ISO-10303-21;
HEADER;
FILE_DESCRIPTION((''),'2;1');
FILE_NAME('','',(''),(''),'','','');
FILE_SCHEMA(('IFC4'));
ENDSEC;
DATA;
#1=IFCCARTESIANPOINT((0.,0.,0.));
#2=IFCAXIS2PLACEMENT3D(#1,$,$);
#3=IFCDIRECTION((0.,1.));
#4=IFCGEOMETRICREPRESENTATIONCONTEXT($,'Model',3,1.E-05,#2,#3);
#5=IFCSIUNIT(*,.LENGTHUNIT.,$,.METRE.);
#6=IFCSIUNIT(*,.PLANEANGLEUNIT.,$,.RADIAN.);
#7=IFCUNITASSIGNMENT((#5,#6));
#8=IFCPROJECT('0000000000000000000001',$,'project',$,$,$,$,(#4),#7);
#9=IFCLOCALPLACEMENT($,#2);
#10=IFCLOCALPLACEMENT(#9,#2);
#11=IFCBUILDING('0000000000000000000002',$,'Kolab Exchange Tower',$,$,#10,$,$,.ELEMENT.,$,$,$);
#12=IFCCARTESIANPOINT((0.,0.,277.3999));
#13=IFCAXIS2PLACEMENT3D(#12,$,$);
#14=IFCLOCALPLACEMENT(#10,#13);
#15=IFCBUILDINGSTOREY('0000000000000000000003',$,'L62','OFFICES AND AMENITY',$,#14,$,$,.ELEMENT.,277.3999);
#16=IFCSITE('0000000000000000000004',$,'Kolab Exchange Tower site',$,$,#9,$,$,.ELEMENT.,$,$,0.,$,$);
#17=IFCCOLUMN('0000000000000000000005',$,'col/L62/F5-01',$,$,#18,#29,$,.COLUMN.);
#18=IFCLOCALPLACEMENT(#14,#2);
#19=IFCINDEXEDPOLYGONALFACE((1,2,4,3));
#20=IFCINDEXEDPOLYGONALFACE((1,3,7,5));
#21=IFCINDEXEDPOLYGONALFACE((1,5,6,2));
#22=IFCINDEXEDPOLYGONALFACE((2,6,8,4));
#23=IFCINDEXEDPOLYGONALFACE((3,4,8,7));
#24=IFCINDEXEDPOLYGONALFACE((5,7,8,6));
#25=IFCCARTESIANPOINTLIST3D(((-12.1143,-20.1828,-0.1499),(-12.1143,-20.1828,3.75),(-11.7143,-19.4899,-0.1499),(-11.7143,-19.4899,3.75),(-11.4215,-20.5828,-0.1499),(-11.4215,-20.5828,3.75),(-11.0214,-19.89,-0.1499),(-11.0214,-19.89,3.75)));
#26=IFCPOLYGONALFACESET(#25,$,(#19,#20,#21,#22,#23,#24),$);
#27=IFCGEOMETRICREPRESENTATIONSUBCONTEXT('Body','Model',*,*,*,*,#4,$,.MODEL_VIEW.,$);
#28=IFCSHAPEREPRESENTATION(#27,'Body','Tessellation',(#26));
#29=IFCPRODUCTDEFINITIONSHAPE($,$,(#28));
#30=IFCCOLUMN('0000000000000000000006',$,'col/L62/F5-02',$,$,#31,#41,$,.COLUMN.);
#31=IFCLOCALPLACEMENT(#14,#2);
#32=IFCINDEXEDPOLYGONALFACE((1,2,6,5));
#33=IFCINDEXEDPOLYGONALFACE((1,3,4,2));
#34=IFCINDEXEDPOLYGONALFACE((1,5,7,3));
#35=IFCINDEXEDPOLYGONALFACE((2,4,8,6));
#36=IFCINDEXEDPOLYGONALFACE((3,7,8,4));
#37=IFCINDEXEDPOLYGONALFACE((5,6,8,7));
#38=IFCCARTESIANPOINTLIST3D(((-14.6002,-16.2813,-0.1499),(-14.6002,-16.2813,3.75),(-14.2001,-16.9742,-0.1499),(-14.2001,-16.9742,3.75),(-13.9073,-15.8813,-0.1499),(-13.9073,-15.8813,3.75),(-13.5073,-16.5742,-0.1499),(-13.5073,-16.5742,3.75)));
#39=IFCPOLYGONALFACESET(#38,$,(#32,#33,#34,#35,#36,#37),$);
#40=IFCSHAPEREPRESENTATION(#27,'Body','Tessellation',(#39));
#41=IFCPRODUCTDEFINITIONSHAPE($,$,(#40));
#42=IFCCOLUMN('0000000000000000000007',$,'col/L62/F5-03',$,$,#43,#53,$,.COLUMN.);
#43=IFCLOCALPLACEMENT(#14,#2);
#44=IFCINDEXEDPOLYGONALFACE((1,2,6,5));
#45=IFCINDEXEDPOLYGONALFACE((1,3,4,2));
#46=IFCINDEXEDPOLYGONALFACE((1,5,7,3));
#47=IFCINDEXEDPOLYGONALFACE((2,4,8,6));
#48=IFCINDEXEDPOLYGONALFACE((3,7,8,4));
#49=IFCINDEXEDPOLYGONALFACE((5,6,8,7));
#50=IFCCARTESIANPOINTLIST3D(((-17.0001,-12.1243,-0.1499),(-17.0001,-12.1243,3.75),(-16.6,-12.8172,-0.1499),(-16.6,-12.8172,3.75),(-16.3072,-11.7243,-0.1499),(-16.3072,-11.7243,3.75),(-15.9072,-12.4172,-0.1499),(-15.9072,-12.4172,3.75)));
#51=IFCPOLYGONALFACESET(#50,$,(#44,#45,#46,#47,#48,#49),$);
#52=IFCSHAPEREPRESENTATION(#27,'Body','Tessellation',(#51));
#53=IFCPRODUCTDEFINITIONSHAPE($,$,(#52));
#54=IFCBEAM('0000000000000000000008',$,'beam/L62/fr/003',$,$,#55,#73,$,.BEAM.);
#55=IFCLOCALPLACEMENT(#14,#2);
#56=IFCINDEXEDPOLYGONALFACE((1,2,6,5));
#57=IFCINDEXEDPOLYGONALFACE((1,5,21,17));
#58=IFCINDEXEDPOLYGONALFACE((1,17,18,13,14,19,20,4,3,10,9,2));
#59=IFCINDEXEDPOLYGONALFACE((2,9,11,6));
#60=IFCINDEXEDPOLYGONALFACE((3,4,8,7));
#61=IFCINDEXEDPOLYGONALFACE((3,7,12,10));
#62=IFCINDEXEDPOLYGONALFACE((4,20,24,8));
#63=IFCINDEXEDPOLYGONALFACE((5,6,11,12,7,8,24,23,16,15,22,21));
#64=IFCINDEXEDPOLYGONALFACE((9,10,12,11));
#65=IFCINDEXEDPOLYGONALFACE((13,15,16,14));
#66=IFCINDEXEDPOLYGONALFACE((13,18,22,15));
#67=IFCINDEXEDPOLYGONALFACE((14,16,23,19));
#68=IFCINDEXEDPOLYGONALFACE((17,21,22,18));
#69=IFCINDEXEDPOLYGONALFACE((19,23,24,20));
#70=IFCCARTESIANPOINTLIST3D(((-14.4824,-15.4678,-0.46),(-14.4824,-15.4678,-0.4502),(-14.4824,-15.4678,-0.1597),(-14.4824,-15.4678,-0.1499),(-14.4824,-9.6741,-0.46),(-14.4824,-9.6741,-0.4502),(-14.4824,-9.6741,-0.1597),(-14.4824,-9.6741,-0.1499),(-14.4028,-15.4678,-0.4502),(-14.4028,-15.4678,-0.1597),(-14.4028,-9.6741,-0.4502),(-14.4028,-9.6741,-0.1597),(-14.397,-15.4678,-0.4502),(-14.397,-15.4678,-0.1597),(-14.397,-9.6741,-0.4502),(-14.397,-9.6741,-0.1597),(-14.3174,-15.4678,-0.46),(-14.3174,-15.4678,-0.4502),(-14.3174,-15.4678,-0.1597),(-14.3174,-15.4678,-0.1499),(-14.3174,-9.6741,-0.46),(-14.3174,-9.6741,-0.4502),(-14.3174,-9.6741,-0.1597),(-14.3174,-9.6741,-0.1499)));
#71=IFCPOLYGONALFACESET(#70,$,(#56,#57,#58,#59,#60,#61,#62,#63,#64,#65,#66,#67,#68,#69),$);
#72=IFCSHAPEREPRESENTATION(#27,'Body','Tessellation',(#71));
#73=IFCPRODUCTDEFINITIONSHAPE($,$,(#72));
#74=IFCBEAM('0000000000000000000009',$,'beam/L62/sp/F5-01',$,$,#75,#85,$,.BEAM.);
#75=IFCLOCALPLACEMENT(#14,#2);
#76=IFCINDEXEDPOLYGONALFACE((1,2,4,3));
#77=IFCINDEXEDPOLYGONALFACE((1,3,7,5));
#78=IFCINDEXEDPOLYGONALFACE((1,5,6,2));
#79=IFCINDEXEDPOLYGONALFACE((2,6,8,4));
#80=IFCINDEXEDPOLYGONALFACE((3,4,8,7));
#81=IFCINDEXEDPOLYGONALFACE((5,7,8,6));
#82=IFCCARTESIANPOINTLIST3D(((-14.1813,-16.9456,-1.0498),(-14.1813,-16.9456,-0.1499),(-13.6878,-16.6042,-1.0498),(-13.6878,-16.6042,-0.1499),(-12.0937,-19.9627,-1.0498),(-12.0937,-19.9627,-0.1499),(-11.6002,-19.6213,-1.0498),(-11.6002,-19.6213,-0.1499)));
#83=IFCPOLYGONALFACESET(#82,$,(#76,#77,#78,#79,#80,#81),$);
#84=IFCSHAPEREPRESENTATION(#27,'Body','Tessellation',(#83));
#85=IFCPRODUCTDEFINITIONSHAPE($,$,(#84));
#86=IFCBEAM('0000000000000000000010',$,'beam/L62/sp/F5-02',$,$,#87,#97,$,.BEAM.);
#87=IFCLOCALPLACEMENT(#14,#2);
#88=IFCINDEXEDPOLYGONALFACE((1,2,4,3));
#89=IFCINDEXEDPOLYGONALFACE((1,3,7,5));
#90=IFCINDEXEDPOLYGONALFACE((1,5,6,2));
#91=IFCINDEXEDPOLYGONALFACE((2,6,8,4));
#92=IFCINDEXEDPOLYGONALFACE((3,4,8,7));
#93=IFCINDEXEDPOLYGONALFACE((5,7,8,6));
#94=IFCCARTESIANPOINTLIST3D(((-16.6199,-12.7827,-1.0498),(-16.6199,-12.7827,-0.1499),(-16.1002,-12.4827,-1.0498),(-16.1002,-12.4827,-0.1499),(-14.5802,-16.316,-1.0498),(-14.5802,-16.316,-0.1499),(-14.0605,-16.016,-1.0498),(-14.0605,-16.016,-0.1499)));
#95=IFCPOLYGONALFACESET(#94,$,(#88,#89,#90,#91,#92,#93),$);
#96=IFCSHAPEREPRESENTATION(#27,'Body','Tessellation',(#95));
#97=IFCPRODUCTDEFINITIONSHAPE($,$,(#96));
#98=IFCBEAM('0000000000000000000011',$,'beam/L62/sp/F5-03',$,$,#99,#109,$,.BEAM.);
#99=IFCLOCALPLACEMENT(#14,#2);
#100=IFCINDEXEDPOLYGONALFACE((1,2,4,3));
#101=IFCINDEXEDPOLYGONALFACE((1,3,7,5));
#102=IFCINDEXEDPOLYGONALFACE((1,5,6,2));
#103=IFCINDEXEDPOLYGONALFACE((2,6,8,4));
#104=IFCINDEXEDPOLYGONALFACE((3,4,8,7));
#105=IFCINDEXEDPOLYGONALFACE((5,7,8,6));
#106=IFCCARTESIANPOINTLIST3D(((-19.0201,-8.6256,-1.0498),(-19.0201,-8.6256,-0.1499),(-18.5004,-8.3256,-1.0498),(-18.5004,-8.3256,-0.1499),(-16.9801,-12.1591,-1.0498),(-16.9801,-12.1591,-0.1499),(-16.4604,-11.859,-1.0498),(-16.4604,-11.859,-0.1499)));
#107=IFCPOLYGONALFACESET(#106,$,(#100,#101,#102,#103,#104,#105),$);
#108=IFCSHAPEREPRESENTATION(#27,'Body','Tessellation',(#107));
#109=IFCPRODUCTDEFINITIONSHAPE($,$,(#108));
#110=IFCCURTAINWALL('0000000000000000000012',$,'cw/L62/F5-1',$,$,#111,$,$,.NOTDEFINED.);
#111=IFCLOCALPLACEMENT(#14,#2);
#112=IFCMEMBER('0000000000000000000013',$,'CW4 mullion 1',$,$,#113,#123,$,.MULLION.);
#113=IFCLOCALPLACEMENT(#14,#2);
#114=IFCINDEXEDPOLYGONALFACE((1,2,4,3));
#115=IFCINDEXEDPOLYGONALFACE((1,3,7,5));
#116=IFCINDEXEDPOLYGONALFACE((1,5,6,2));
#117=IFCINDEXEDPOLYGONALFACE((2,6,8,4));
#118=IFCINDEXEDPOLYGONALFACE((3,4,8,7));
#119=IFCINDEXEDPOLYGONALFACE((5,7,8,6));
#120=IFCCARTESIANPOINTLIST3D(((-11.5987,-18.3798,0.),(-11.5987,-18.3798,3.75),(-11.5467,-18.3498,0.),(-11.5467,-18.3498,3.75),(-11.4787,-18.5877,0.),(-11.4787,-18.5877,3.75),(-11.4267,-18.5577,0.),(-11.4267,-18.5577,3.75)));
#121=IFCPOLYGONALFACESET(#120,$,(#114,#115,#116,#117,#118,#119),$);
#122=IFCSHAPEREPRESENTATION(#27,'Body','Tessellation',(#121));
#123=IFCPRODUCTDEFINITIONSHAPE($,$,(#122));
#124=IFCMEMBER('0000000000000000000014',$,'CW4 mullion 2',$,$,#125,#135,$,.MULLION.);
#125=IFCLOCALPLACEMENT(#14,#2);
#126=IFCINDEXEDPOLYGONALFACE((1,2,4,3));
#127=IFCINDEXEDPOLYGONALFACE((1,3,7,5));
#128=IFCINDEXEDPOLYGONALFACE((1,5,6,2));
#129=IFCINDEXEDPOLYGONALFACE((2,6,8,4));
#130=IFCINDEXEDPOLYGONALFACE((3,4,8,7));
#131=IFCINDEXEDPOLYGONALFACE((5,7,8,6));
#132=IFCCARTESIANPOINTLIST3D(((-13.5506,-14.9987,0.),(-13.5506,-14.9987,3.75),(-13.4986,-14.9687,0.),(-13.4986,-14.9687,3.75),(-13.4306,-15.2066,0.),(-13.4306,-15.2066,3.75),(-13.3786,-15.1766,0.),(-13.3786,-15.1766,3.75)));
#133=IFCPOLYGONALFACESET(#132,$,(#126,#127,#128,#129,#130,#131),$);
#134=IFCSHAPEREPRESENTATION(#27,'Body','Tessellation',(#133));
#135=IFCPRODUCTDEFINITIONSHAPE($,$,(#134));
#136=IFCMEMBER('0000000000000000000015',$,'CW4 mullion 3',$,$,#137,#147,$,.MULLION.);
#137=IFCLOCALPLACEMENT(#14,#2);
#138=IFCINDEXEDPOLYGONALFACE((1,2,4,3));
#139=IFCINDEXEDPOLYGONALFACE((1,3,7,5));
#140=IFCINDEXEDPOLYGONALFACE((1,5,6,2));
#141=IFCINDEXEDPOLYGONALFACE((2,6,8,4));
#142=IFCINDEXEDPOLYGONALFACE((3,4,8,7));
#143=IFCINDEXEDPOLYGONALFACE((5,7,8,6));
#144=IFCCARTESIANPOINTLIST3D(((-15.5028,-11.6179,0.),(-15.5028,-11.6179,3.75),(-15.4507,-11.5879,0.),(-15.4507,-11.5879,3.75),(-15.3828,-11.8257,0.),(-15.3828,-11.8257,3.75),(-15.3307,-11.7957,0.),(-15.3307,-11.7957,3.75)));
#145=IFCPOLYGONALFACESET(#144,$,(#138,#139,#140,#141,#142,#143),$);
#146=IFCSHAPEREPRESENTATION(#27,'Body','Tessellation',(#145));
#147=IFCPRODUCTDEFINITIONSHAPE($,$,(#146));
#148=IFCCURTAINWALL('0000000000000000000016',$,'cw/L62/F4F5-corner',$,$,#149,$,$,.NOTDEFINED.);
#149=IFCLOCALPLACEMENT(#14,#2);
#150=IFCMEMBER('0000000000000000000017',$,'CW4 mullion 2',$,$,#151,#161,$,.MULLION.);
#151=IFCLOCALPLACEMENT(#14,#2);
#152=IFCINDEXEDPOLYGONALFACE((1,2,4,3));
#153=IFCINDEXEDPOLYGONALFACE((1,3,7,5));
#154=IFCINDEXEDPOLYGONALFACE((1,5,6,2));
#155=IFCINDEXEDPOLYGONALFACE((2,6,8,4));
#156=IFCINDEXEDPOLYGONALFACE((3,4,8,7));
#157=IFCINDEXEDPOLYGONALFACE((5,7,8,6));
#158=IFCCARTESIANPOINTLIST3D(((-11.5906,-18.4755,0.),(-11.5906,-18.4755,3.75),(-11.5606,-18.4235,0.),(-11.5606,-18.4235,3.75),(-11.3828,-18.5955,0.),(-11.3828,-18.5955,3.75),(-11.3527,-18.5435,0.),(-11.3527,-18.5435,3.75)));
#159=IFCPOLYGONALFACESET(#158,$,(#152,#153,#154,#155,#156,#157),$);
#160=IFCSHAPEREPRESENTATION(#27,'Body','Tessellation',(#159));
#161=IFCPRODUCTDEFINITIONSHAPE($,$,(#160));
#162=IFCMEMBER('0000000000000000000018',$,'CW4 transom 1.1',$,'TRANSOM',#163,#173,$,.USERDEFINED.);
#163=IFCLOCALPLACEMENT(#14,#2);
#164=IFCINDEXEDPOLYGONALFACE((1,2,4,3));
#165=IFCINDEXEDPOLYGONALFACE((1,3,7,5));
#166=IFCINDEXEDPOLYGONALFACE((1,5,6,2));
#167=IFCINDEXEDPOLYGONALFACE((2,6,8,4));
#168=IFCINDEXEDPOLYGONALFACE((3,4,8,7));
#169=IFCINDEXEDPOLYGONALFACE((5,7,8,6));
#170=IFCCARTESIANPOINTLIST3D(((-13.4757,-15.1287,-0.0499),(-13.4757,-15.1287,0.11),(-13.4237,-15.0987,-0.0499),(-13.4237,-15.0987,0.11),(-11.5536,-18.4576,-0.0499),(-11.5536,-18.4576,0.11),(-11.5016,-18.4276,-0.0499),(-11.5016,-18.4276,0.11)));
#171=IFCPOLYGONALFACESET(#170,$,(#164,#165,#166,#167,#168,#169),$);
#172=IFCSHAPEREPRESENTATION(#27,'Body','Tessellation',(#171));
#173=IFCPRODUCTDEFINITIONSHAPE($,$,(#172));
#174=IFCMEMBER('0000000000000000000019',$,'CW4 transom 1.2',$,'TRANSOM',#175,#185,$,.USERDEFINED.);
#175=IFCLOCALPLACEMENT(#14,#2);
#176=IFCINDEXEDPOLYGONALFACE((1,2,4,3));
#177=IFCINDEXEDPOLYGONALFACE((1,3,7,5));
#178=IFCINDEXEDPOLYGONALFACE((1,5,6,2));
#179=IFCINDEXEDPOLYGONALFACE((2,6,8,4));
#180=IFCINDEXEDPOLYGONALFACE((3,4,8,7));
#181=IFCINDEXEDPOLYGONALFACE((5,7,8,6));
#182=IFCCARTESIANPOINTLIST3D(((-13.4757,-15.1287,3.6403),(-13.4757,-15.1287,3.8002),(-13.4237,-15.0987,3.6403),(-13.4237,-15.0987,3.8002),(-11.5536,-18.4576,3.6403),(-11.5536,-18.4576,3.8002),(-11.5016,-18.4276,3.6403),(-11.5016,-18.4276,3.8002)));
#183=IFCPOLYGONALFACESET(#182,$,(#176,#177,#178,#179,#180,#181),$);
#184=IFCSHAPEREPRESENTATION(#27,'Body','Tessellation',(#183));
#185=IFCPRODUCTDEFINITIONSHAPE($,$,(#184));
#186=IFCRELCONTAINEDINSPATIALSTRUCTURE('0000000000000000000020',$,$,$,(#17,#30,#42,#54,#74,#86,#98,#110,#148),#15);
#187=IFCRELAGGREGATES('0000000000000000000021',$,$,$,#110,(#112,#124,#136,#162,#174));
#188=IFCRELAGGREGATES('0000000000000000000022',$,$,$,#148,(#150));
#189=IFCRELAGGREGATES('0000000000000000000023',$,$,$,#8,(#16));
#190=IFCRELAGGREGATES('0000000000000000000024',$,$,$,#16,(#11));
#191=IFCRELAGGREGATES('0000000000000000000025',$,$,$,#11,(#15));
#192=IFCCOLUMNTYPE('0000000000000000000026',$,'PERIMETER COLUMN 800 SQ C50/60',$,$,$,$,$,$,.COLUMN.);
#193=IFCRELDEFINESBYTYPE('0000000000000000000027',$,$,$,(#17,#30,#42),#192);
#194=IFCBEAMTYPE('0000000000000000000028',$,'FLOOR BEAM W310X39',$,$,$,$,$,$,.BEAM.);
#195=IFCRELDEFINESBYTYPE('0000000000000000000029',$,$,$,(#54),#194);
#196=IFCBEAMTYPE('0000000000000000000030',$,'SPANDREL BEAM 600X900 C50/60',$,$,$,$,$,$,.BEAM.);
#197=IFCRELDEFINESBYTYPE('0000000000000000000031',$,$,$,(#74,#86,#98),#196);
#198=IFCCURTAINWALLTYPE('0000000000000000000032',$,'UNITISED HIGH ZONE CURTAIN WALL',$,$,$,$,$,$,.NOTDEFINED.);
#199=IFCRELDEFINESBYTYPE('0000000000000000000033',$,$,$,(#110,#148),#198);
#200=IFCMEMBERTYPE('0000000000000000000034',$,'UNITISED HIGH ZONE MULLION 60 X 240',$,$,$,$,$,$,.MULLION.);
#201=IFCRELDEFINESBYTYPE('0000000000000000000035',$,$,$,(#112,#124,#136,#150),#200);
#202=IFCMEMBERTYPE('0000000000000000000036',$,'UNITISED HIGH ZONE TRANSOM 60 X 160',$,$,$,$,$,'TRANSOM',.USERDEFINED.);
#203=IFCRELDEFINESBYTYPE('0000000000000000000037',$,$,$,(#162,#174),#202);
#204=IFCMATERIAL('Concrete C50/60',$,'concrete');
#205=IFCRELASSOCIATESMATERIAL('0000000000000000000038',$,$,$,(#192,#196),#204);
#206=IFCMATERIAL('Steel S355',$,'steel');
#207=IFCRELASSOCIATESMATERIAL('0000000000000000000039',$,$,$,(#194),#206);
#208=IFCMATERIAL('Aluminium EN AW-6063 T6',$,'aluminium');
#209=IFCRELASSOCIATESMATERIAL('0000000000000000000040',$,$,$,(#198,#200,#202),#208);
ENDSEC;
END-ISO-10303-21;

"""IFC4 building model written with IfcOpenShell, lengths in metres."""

from ifc_helpers import new_model, si_unit, direction, frame, origin, origin_2d, place, context, subcontext, project, spatial, rectangle, i_section, extrude, material, material_profile, profile_set, type_object, element, aggregate, save


model = new_model("IFC4")

# Units and contexts
model_context = context("Model", 3, precision=1e-05, world=origin(), true_north=direction((0.0, 1.0)))
body_context = subcontext(model_context, "Body", "Model", "MODEL_VIEW")
ifc_project = project(units=[si_unit("LENGTHUNIT", "METRE"), si_unit("PLANEANGLEUNIT", "RADIAN")], contexts=[model_context])

# Site, building, storey
site_placement = place(None, origin())
site = spatial("IfcSite", under=ifc_project, at=site_placement, Name="Kolab Exchange Tower site", CompositionType="ELEMENT", RefElevation=0.0)
building_placement = place(site_placement, origin())
building = spatial("IfcBuilding", under=site, at=building_placement, Name="Kolab Exchange Tower", CompositionType="ELEMENT")
storey_placement = place(building_placement, frame((0.0, 0.0, 277.3999)))
storey = spatial("IfcBuildingStorey", under=building, at=storey_placement, Name="L62", Description="OFFICES AND AMENITY", CompositionType="ELEMENT", Elevation=277.3999)

# Columns
ifc_material_1 = material(Name="Concrete C50/60", Category="concrete")
ifc_material_profile_1 = material_profile(ifc_material_1, rectangle(XDim=0.8, YDim=0.8, at=origin_2d()), Name="RC800")
ifc_profile_set_1 = profile_set([ifc_material_profile_1], Name="Concrete C50/60")
column_type = type_object("IfcColumnType", Name="PERIMETER COLUMN 800 SQ C50/60", PredefinedType="COLUMN", material=ifc_profile_set_1)
for number, where, z_axis, x_axis, name in (
    (1, (-11.5679, -20.0364, -0.1499), (0.0, 0.0, 1.0), (0.5, 0.866025, 0.0), "col/L62/F5-01"),
    (2, (-14.0537, -16.4277, -0.1499), (0.0, 0.0, 1.0), (0.866025, 0.5, 0.0), "col/L62/F5-02"),
    (3, (-16.4536, -12.2708, -0.1499), (0.0, 0.0, 1.0), (0.866025, 0.5, 0.0), "col/L62/F5-03"),
):
    element("IfcColumn", number, at=place(storey_placement, frame(where, z_axis=z_axis, x_axis=x_axis)), inside=storey, type_object=column_type, Name=name, PredefinedType="COLUMN", context=body_context, shape_type="SweptSolid", body=[
        extrude(rectangle(XDim=0.8, YDim=0.8, at=origin_2d()), origin(), (0.0, 0.0, 1.0), 3.8999),
    ])

# Beams
ifc_material_2 = material(Name="Steel S355", Category="steel")
ifc_material_profile_2 = material_profile(ifc_material_2, i_section(OverallWidth=0.165, OverallDepth=0.3101, WebThickness=0.0059, FlangeThickness=0.0098, at=origin_2d()), Name="W310X39")
ifc_profile_set_2 = profile_set([ifc_material_profile_2], Name="Steel S355")
beam_type_1 = type_object("IfcBeamType", Name="FLOOR BEAM W310X39", PredefinedType="BEAM", material=ifc_profile_set_2)
beam_1_placement = place(storey_placement, frame((-14.3999, -15.4678, -0.3049), z_axis=(0.0, 1.0, 0.0), x_axis=(-1.0, 0.0, 0.0)))
element("IfcBeam", 4, at=beam_1_placement, inside=storey, type_object=beam_type_1, Name="beam/L62/fr/003", PredefinedType="BEAM", context=body_context, shape_type="SweptSolid", body=[
    extrude(i_section(OverallWidth=0.165, OverallDepth=0.3101, WebThickness=0.0059, FlangeThickness=0.0098, at=origin_2d()), origin(), (0.0, 0.0, 1.0), 5.7937),
])
ifc_material_profile_3 = material_profile(ifc_material_1, rectangle(XDim=0.6001, YDim=0.8999, at=origin_2d()), Name="RC600X900")
ifc_profile_set_3 = profile_set([ifc_material_profile_3], Name="Concrete C50/60")
beam_type_2 = type_object("IfcBeamType", Name="SPANDREL BEAM 600X900 C50/60", PredefinedType="BEAM", material=ifc_profile_set_3)
beam_2_placement = place(storey_placement, frame((-11.8469, -19.792, -0.5999), z_axis=(-0.569006, 0.822334, 0.0), x_axis=(-0.822334, -0.569006, 0.0)))
element("IfcBeam", 5, at=beam_2_placement, inside=storey, type_object=beam_type_2, Name="beam/L62/sp/F5-01", PredefinedType="BEAM", context=body_context, shape_type="SweptSolid", body=[
    extrude(rectangle(XDim=0.6001, YDim=0.8999, at=origin_2d()), origin(), (0.0, 0.0, 1.0), 3.6689),
])
beam_3_placement = place(storey_placement, frame((-14.3203, -16.166, -0.5999), z_axis=(-0.499956, 0.866051, 0.0), x_axis=(-0.866051, -0.499956, 0.0)))
element("IfcBeam", 6, at=beam_3_placement, inside=storey, type_object=beam_type_2, Name="beam/L62/sp/F5-02", PredefinedType="BEAM", context=body_context, shape_type="SweptSolid", body=[
    extrude(rectangle(XDim=0.6001, YDim=0.8999, at=origin_2d()), origin(), (0.0, 0.0, 1.0), 4.0798),
])
beam_4_placement = place(storey_placement, frame((-16.7202, -12.009, -0.5999), z_axis=(-0.5, 0.866025, 0.0), x_axis=(-0.866025, -0.5, 0.0)))
element("IfcBeam", 7, at=beam_4_placement, inside=storey, type_object=beam_type_2, Name="beam/L62/sp/F5-03", PredefinedType="BEAM", context=body_context, shape_type="SweptSolid", body=[
    extrude(rectangle(XDim=0.6001, YDim=0.8999, at=origin_2d()), origin(), (0.0, 0.0, 1.0), 4.0801),
])

# Curtain wall, members
ifc_material_3 = material(Name="Aluminium EN AW-6063 T6", Category="aluminium")
curtain_wall_type = type_object("IfcCurtainWallType", Name="UNITISED HIGH ZONE CURTAIN WALL", PredefinedType="NOTDEFINED", material=ifc_material_3)
curtain_wall_1_placement = place(storey_placement, origin())
curtain_wall_1 = element("IfcCurtainWall", 8, at=curtain_wall_1_placement, inside=storey, type_object=curtain_wall_type, Name="cw/L62/F5-1", PredefinedType="NOTDEFINED")
ifc_material_profile_4 = material_profile(ifc_material_3, rectangle(XDim=0.0601, YDim=0.24, at=origin_2d()), Name="RECT 60X240")
ifc_profile_set_4 = profile_set([ifc_material_profile_4], Name="Aluminium EN AW-6063 T6")
member_type_1 = type_object("IfcMemberType", Name="UNITISED HIGH ZONE MULLION 60 X 240", PredefinedType="MULLION", material=ifc_profile_set_4)
member_1_placement = place(storey_placement, frame((-11.5127, -18.4688, 0.0), z_axis=(0.0, 0.0, 1.0), x_axis=(-0.866025, -0.5, 0.0)))
member_1 = element("IfcMember", 9, at=member_1_placement, type_object=member_type_1, Name="CW4 mullion 1", PredefinedType="MULLION", context=body_context, shape_type="SweptSolid", body=[
    extrude(rectangle(XDim=0.0601, YDim=0.24, at=origin_2d()), origin(), (0.0, 0.0, 1.0), 3.75),
])
member_2_placement = place(storey_placement, frame((-13.4646, -15.0876, 0.0), z_axis=(0.0, 0.0, 1.0), x_axis=(-0.866025, -0.5, 0.0)))
member_2 = element("IfcMember", 10, at=member_2_placement, type_object=member_type_1, Name="CW4 mullion 2", PredefinedType="MULLION", context=body_context, shape_type="SweptSolid", body=[
    extrude(rectangle(XDim=0.0601, YDim=0.24, at=origin_2d()), origin(), (0.0, 0.0, 1.0), 3.75),
])
member_3_placement = place(storey_placement, frame((-15.4167, -11.7068, 0.0), z_axis=(0.0, 0.0, 1.0), x_axis=(-0.866025, -0.5, 0.0)))
member_3 = element("IfcMember", 11, at=member_3_placement, type_object=member_type_1, Name="CW4 mullion 3", PredefinedType="MULLION", context=body_context, shape_type="SweptSolid", body=[
    extrude(rectangle(XDim=0.0601, YDim=0.24, at=origin_2d()), origin(), (0.0, 0.0, 1.0), 3.75),
])

# Curtain wall, member
curtain_wall_2_placement = place(storey_placement, origin())
curtain_wall_2 = element("IfcCurtainWall", 12, at=curtain_wall_2_placement, inside=storey, type_object=curtain_wall_type, Name="cw/L62/F4F5-corner", PredefinedType="NOTDEFINED")
member_4_placement = place(storey_placement, frame((-11.4717, -18.5095, 0.0), z_axis=(0.0, 0.0, 1.0), x_axis=(-0.5, -0.866025, 0.0)))
member_4 = element("IfcMember", 13, at=member_4_placement, type_object=member_type_1, Name="CW4 mullion 2", PredefinedType="MULLION", context=body_context, shape_type="SweptSolid", body=[
    extrude(rectangle(XDim=0.0601, YDim=0.24, at=origin_2d()), origin(), (0.0, 0.0, 1.0), 3.75),
])

# Members
ifc_material_profile_5 = material_profile(ifc_material_3, rectangle(XDim=0.0601, YDim=0.1599, at=origin_2d()), Name="RECT 60X160")
ifc_profile_set_5 = profile_set([ifc_material_profile_5], Name="Aluminium EN AW-6063 T6")
member_type_2 = type_object("IfcMemberType", Name="UNITISED HIGH ZONE TRANSOM 60 X 160", ElementType="TRANSOM", PredefinedType="USERDEFINED", material=ifc_profile_set_5)
member_5_placement = place(storey_placement, frame((-11.5276, -18.4426, 0.03), z_axis=(-0.500039, 0.866003, 0.0), x_axis=(-0.866003, -0.500039, 0.0)))
member_5 = element("IfcMember", 14, at=member_5_placement, type_object=member_type_2, Name="CW4 transom 1.1", ObjectType="TRANSOM", PredefinedType="USERDEFINED", context=body_context, shape_type="SweptSolid", body=[
    extrude(rectangle(XDim=0.0601, YDim=0.1599, at=origin_2d()), origin(), (0.0, 0.0, 1.0), 3.844),
])
member_6_placement = place(storey_placement, frame((-11.5276, -18.4426, 3.7202), z_axis=(-0.500039, 0.866003, 0.0), x_axis=(-0.866003, -0.500039, 0.0)))
member_6 = element("IfcMember", 15, at=member_6_placement, type_object=member_type_2, Name="CW4 transom 1.2", ObjectType="TRANSOM", PredefinedType="USERDEFINED", context=body_context, shape_type="SweptSolid", body=[
    extrude(rectangle(XDim=0.0601, YDim=0.1599, at=origin_2d()), origin(), (0.0, 0.0, 1.0), 3.844),
])

aggregate(curtain_wall_1, [member_1, member_2, member_3, member_5, member_6])
aggregate(curtain_wall_2, [member_4])

save(model, "model.ifc")
